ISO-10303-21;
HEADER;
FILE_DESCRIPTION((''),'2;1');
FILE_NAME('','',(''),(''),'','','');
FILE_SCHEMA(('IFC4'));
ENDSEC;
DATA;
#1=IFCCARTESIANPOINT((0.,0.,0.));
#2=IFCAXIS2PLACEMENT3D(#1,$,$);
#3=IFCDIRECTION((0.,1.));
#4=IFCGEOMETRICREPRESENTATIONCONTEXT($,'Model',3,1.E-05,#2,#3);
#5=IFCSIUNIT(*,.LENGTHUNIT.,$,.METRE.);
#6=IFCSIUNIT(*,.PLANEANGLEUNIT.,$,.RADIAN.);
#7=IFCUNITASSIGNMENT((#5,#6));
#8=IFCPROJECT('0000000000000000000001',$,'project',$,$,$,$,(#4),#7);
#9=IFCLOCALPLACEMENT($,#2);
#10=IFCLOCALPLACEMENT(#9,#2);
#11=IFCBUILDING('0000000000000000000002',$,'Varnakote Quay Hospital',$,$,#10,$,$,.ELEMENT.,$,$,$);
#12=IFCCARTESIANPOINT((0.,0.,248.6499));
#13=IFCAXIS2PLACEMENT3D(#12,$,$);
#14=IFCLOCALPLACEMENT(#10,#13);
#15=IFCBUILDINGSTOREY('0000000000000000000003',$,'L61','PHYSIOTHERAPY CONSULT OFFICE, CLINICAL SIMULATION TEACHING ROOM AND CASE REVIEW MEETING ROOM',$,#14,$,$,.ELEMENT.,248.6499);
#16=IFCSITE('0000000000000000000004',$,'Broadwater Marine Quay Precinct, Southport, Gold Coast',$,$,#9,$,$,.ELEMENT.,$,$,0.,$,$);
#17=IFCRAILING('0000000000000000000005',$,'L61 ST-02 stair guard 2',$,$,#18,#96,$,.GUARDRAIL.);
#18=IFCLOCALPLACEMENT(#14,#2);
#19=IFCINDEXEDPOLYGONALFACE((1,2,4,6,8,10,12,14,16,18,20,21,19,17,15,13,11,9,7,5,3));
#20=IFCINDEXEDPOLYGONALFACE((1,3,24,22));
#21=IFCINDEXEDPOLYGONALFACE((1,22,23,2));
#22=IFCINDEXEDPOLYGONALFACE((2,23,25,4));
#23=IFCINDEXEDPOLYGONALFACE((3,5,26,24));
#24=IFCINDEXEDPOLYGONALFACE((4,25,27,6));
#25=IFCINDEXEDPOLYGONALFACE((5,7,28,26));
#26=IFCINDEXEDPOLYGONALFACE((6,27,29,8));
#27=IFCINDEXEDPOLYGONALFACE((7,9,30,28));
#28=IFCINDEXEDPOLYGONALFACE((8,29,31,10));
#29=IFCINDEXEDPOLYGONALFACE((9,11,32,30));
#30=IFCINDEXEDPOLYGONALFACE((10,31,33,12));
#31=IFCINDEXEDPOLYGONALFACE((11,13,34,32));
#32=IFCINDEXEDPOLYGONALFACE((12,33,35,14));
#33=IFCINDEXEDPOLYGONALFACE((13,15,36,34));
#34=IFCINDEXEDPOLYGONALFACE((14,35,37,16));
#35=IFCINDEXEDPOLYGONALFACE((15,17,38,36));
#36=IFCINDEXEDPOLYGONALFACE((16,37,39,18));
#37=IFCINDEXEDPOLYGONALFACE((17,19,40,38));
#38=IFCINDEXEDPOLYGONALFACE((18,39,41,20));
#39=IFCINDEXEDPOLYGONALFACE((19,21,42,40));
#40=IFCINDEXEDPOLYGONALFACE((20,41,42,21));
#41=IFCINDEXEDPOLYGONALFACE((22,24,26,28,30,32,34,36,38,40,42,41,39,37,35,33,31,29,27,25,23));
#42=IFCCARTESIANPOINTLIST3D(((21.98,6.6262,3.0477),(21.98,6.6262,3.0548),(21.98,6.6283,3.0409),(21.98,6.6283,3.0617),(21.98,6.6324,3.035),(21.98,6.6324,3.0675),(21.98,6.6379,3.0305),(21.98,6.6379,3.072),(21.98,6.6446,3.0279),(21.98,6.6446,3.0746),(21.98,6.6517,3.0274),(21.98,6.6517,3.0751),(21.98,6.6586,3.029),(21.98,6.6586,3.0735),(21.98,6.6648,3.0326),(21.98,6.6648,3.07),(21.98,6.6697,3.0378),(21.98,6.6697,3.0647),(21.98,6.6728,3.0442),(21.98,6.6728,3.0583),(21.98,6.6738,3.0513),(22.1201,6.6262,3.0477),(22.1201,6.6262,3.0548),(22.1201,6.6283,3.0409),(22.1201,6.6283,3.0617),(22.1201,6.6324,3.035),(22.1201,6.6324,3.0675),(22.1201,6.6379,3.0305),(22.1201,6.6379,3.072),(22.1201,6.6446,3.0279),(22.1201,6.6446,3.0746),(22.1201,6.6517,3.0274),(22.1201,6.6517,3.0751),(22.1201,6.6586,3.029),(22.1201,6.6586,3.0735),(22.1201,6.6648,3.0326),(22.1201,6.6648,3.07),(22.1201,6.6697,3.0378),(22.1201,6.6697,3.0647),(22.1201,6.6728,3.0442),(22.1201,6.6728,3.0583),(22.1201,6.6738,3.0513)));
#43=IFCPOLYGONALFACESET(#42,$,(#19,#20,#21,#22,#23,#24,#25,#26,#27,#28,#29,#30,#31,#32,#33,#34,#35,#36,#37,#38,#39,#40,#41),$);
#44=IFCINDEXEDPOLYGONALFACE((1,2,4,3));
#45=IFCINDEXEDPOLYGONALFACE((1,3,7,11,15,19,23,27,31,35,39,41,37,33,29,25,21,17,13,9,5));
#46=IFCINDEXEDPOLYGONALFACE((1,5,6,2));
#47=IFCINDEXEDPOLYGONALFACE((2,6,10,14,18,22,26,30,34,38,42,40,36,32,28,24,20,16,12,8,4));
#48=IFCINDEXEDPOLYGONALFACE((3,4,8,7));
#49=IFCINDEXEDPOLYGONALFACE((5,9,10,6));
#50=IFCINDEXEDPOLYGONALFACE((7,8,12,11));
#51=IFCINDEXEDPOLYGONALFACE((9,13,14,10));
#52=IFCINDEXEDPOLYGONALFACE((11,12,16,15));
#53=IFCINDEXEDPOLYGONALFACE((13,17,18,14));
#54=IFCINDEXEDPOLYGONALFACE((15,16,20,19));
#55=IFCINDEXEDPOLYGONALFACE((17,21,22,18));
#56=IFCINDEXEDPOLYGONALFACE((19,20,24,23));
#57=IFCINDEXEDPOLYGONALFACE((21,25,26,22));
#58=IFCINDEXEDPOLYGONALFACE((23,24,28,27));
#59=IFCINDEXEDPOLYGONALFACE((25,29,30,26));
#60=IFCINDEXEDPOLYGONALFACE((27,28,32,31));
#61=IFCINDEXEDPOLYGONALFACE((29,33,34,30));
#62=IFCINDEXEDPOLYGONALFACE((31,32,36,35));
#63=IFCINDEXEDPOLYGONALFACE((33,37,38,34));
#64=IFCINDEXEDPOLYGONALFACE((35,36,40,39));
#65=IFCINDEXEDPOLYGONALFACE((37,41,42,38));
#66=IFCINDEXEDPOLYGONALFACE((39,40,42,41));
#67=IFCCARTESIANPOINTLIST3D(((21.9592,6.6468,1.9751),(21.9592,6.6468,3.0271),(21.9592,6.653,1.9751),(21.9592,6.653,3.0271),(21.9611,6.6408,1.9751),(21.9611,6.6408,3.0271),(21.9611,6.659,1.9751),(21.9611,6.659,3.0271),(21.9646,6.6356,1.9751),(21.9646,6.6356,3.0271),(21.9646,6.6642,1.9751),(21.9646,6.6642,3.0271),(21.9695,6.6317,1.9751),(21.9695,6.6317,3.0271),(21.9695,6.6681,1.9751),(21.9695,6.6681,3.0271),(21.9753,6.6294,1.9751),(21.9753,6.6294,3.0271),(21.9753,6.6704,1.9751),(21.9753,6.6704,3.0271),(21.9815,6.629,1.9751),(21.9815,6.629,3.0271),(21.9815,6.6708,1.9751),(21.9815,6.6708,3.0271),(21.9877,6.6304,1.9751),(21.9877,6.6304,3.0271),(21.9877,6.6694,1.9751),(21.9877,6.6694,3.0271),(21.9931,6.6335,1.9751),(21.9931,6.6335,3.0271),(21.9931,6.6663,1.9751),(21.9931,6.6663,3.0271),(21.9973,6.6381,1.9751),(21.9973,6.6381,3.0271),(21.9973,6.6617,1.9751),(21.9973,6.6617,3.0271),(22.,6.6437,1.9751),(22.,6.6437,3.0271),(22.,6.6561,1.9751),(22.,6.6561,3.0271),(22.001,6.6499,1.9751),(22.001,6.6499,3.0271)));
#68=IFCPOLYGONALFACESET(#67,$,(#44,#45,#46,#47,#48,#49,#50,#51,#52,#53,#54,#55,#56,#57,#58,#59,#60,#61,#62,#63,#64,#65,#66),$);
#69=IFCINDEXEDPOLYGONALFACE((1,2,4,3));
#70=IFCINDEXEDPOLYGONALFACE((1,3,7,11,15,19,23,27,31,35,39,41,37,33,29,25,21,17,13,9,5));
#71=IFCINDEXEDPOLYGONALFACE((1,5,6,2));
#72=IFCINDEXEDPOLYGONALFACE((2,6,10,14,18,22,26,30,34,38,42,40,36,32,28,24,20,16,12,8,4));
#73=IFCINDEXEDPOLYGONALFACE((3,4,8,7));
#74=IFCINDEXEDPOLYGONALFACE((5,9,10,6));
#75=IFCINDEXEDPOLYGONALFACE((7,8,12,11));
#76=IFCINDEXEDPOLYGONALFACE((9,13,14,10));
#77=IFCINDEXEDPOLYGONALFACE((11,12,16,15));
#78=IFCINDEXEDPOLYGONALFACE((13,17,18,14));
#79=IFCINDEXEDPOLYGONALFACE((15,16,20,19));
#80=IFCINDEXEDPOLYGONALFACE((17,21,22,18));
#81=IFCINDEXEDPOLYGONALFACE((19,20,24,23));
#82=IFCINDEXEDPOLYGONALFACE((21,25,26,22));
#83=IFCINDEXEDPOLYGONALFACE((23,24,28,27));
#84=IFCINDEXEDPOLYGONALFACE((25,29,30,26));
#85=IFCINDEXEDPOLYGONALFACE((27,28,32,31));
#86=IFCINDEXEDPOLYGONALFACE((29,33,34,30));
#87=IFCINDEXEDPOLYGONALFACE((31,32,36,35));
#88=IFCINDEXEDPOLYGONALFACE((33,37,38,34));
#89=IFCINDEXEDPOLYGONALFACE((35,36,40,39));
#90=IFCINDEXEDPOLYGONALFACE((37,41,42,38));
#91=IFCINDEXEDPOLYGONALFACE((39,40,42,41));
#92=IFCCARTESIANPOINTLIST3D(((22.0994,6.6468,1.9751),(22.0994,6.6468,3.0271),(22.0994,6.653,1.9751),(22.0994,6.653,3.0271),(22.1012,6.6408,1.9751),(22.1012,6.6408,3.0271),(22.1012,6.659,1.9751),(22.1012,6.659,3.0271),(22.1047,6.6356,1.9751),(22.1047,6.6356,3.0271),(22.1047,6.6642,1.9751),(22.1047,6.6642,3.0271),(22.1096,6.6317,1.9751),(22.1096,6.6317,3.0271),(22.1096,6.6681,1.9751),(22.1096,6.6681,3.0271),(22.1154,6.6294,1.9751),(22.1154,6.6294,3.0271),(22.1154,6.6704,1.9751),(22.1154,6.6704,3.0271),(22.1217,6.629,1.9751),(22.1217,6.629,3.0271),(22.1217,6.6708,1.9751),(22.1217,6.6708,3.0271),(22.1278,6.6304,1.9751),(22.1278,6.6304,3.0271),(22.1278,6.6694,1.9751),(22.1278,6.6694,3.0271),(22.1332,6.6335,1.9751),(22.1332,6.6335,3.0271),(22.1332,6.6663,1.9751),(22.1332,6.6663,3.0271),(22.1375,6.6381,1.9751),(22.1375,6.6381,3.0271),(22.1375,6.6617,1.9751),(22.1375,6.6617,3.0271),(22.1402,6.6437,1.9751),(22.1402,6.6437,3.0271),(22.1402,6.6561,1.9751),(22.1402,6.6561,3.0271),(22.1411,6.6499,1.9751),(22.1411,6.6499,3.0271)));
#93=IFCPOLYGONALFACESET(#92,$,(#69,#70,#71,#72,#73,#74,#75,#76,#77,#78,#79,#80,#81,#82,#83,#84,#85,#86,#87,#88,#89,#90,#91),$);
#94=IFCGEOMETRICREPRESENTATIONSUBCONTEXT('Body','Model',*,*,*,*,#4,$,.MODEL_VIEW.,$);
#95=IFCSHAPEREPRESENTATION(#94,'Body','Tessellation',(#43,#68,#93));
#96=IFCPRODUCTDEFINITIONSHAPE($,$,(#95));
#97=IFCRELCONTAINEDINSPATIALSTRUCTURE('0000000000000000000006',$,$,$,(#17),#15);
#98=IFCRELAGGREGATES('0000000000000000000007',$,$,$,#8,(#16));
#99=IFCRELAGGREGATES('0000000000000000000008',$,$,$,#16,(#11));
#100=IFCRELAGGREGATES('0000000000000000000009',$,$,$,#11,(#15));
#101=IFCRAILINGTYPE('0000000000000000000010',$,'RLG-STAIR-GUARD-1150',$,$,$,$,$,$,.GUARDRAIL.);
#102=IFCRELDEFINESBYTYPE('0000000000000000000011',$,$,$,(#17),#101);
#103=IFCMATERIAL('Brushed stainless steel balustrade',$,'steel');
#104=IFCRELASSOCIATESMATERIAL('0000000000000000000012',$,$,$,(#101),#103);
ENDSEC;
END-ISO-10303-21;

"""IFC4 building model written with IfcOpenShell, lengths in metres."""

from ifc_helpers import new_model, si_unit, direction, frame, origin, origin_2d, place, context, subcontext, project, spatial, circle, extrude, material, type_object, element, save


model = new_model("IFC4")

# Units and contexts
model_context = context("Model", 3, precision=1e-05, world=origin(), true_north=direction((0.0, 1.0)))
body_context = subcontext(model_context, "Body", "Model", "MODEL_VIEW")
ifc_project = project(units=[si_unit("LENGTHUNIT", "METRE"), si_unit("PLANEANGLEUNIT", "RADIAN")], contexts=[model_context])

# Site, building, storey
site_placement = place(None, origin())
site = spatial("IfcSite", under=ifc_project, at=site_placement, Name="Broadwater Marine Quay Precinct, Southport, Gold Coast", CompositionType="ELEMENT", RefElevation=0.0)
building_placement = place(site_placement, origin())
building = spatial("IfcBuilding", under=site, at=building_placement, Name="Varnakote Quay Hospital", CompositionType="ELEMENT")
storey_placement = place(building_placement, frame((0.0, 0.0, 248.6499)))
storey = spatial("IfcBuildingStorey", under=building, at=storey_placement, Name="L61", Description="PHYSIOTHERAPY CONSULT OFFICE, CLINICAL SIMULATION TEACHING ROOM AND CASE REVIEW MEETING ROOM", CompositionType="ELEMENT", Elevation=248.6499)

# Railing
ifc_material_1 = material(Name="Brushed stainless steel balustrade", Category="steel")
railing_type_1 = type_object("IfcRailingType", Name="RLG-STAIR-GUARD-1150", PredefinedType="GUARDRAIL", material=ifc_material_1)
railing_1_placement = place(storey_placement, frame((21.98, 6.6499, 1.9751)))
element("IfcRailing", 1, at=railing_1_placement, inside=storey, type_object=railing_type_1, Name="L61 ST-02 stair guard 2", PredefinedType="GUARDRAIL", context=body_context, shape_type="SweptSolid", body=[
    extrude(circle(Radius=0.0239, at=origin_2d()), frame((0.0, 0.0, 1.0762), z_axis=(1.0, 0.0, 0.0), x_axis=(0.0, 1.0, 0.0)), (0.0, 0.0, 1.0), 0.1401),
    extrude(circle(Radius=0.021, at=origin_2d()), origin(), (0.0, 0.0, 1.0), 1.052),
    extrude(circle(Radius=0.021, at=origin_2d()), frame((0.1401, 0.0, 0.0)), (0.0, 0.0, 1.0), 1.052),
])

save(model, "model.ifc")
